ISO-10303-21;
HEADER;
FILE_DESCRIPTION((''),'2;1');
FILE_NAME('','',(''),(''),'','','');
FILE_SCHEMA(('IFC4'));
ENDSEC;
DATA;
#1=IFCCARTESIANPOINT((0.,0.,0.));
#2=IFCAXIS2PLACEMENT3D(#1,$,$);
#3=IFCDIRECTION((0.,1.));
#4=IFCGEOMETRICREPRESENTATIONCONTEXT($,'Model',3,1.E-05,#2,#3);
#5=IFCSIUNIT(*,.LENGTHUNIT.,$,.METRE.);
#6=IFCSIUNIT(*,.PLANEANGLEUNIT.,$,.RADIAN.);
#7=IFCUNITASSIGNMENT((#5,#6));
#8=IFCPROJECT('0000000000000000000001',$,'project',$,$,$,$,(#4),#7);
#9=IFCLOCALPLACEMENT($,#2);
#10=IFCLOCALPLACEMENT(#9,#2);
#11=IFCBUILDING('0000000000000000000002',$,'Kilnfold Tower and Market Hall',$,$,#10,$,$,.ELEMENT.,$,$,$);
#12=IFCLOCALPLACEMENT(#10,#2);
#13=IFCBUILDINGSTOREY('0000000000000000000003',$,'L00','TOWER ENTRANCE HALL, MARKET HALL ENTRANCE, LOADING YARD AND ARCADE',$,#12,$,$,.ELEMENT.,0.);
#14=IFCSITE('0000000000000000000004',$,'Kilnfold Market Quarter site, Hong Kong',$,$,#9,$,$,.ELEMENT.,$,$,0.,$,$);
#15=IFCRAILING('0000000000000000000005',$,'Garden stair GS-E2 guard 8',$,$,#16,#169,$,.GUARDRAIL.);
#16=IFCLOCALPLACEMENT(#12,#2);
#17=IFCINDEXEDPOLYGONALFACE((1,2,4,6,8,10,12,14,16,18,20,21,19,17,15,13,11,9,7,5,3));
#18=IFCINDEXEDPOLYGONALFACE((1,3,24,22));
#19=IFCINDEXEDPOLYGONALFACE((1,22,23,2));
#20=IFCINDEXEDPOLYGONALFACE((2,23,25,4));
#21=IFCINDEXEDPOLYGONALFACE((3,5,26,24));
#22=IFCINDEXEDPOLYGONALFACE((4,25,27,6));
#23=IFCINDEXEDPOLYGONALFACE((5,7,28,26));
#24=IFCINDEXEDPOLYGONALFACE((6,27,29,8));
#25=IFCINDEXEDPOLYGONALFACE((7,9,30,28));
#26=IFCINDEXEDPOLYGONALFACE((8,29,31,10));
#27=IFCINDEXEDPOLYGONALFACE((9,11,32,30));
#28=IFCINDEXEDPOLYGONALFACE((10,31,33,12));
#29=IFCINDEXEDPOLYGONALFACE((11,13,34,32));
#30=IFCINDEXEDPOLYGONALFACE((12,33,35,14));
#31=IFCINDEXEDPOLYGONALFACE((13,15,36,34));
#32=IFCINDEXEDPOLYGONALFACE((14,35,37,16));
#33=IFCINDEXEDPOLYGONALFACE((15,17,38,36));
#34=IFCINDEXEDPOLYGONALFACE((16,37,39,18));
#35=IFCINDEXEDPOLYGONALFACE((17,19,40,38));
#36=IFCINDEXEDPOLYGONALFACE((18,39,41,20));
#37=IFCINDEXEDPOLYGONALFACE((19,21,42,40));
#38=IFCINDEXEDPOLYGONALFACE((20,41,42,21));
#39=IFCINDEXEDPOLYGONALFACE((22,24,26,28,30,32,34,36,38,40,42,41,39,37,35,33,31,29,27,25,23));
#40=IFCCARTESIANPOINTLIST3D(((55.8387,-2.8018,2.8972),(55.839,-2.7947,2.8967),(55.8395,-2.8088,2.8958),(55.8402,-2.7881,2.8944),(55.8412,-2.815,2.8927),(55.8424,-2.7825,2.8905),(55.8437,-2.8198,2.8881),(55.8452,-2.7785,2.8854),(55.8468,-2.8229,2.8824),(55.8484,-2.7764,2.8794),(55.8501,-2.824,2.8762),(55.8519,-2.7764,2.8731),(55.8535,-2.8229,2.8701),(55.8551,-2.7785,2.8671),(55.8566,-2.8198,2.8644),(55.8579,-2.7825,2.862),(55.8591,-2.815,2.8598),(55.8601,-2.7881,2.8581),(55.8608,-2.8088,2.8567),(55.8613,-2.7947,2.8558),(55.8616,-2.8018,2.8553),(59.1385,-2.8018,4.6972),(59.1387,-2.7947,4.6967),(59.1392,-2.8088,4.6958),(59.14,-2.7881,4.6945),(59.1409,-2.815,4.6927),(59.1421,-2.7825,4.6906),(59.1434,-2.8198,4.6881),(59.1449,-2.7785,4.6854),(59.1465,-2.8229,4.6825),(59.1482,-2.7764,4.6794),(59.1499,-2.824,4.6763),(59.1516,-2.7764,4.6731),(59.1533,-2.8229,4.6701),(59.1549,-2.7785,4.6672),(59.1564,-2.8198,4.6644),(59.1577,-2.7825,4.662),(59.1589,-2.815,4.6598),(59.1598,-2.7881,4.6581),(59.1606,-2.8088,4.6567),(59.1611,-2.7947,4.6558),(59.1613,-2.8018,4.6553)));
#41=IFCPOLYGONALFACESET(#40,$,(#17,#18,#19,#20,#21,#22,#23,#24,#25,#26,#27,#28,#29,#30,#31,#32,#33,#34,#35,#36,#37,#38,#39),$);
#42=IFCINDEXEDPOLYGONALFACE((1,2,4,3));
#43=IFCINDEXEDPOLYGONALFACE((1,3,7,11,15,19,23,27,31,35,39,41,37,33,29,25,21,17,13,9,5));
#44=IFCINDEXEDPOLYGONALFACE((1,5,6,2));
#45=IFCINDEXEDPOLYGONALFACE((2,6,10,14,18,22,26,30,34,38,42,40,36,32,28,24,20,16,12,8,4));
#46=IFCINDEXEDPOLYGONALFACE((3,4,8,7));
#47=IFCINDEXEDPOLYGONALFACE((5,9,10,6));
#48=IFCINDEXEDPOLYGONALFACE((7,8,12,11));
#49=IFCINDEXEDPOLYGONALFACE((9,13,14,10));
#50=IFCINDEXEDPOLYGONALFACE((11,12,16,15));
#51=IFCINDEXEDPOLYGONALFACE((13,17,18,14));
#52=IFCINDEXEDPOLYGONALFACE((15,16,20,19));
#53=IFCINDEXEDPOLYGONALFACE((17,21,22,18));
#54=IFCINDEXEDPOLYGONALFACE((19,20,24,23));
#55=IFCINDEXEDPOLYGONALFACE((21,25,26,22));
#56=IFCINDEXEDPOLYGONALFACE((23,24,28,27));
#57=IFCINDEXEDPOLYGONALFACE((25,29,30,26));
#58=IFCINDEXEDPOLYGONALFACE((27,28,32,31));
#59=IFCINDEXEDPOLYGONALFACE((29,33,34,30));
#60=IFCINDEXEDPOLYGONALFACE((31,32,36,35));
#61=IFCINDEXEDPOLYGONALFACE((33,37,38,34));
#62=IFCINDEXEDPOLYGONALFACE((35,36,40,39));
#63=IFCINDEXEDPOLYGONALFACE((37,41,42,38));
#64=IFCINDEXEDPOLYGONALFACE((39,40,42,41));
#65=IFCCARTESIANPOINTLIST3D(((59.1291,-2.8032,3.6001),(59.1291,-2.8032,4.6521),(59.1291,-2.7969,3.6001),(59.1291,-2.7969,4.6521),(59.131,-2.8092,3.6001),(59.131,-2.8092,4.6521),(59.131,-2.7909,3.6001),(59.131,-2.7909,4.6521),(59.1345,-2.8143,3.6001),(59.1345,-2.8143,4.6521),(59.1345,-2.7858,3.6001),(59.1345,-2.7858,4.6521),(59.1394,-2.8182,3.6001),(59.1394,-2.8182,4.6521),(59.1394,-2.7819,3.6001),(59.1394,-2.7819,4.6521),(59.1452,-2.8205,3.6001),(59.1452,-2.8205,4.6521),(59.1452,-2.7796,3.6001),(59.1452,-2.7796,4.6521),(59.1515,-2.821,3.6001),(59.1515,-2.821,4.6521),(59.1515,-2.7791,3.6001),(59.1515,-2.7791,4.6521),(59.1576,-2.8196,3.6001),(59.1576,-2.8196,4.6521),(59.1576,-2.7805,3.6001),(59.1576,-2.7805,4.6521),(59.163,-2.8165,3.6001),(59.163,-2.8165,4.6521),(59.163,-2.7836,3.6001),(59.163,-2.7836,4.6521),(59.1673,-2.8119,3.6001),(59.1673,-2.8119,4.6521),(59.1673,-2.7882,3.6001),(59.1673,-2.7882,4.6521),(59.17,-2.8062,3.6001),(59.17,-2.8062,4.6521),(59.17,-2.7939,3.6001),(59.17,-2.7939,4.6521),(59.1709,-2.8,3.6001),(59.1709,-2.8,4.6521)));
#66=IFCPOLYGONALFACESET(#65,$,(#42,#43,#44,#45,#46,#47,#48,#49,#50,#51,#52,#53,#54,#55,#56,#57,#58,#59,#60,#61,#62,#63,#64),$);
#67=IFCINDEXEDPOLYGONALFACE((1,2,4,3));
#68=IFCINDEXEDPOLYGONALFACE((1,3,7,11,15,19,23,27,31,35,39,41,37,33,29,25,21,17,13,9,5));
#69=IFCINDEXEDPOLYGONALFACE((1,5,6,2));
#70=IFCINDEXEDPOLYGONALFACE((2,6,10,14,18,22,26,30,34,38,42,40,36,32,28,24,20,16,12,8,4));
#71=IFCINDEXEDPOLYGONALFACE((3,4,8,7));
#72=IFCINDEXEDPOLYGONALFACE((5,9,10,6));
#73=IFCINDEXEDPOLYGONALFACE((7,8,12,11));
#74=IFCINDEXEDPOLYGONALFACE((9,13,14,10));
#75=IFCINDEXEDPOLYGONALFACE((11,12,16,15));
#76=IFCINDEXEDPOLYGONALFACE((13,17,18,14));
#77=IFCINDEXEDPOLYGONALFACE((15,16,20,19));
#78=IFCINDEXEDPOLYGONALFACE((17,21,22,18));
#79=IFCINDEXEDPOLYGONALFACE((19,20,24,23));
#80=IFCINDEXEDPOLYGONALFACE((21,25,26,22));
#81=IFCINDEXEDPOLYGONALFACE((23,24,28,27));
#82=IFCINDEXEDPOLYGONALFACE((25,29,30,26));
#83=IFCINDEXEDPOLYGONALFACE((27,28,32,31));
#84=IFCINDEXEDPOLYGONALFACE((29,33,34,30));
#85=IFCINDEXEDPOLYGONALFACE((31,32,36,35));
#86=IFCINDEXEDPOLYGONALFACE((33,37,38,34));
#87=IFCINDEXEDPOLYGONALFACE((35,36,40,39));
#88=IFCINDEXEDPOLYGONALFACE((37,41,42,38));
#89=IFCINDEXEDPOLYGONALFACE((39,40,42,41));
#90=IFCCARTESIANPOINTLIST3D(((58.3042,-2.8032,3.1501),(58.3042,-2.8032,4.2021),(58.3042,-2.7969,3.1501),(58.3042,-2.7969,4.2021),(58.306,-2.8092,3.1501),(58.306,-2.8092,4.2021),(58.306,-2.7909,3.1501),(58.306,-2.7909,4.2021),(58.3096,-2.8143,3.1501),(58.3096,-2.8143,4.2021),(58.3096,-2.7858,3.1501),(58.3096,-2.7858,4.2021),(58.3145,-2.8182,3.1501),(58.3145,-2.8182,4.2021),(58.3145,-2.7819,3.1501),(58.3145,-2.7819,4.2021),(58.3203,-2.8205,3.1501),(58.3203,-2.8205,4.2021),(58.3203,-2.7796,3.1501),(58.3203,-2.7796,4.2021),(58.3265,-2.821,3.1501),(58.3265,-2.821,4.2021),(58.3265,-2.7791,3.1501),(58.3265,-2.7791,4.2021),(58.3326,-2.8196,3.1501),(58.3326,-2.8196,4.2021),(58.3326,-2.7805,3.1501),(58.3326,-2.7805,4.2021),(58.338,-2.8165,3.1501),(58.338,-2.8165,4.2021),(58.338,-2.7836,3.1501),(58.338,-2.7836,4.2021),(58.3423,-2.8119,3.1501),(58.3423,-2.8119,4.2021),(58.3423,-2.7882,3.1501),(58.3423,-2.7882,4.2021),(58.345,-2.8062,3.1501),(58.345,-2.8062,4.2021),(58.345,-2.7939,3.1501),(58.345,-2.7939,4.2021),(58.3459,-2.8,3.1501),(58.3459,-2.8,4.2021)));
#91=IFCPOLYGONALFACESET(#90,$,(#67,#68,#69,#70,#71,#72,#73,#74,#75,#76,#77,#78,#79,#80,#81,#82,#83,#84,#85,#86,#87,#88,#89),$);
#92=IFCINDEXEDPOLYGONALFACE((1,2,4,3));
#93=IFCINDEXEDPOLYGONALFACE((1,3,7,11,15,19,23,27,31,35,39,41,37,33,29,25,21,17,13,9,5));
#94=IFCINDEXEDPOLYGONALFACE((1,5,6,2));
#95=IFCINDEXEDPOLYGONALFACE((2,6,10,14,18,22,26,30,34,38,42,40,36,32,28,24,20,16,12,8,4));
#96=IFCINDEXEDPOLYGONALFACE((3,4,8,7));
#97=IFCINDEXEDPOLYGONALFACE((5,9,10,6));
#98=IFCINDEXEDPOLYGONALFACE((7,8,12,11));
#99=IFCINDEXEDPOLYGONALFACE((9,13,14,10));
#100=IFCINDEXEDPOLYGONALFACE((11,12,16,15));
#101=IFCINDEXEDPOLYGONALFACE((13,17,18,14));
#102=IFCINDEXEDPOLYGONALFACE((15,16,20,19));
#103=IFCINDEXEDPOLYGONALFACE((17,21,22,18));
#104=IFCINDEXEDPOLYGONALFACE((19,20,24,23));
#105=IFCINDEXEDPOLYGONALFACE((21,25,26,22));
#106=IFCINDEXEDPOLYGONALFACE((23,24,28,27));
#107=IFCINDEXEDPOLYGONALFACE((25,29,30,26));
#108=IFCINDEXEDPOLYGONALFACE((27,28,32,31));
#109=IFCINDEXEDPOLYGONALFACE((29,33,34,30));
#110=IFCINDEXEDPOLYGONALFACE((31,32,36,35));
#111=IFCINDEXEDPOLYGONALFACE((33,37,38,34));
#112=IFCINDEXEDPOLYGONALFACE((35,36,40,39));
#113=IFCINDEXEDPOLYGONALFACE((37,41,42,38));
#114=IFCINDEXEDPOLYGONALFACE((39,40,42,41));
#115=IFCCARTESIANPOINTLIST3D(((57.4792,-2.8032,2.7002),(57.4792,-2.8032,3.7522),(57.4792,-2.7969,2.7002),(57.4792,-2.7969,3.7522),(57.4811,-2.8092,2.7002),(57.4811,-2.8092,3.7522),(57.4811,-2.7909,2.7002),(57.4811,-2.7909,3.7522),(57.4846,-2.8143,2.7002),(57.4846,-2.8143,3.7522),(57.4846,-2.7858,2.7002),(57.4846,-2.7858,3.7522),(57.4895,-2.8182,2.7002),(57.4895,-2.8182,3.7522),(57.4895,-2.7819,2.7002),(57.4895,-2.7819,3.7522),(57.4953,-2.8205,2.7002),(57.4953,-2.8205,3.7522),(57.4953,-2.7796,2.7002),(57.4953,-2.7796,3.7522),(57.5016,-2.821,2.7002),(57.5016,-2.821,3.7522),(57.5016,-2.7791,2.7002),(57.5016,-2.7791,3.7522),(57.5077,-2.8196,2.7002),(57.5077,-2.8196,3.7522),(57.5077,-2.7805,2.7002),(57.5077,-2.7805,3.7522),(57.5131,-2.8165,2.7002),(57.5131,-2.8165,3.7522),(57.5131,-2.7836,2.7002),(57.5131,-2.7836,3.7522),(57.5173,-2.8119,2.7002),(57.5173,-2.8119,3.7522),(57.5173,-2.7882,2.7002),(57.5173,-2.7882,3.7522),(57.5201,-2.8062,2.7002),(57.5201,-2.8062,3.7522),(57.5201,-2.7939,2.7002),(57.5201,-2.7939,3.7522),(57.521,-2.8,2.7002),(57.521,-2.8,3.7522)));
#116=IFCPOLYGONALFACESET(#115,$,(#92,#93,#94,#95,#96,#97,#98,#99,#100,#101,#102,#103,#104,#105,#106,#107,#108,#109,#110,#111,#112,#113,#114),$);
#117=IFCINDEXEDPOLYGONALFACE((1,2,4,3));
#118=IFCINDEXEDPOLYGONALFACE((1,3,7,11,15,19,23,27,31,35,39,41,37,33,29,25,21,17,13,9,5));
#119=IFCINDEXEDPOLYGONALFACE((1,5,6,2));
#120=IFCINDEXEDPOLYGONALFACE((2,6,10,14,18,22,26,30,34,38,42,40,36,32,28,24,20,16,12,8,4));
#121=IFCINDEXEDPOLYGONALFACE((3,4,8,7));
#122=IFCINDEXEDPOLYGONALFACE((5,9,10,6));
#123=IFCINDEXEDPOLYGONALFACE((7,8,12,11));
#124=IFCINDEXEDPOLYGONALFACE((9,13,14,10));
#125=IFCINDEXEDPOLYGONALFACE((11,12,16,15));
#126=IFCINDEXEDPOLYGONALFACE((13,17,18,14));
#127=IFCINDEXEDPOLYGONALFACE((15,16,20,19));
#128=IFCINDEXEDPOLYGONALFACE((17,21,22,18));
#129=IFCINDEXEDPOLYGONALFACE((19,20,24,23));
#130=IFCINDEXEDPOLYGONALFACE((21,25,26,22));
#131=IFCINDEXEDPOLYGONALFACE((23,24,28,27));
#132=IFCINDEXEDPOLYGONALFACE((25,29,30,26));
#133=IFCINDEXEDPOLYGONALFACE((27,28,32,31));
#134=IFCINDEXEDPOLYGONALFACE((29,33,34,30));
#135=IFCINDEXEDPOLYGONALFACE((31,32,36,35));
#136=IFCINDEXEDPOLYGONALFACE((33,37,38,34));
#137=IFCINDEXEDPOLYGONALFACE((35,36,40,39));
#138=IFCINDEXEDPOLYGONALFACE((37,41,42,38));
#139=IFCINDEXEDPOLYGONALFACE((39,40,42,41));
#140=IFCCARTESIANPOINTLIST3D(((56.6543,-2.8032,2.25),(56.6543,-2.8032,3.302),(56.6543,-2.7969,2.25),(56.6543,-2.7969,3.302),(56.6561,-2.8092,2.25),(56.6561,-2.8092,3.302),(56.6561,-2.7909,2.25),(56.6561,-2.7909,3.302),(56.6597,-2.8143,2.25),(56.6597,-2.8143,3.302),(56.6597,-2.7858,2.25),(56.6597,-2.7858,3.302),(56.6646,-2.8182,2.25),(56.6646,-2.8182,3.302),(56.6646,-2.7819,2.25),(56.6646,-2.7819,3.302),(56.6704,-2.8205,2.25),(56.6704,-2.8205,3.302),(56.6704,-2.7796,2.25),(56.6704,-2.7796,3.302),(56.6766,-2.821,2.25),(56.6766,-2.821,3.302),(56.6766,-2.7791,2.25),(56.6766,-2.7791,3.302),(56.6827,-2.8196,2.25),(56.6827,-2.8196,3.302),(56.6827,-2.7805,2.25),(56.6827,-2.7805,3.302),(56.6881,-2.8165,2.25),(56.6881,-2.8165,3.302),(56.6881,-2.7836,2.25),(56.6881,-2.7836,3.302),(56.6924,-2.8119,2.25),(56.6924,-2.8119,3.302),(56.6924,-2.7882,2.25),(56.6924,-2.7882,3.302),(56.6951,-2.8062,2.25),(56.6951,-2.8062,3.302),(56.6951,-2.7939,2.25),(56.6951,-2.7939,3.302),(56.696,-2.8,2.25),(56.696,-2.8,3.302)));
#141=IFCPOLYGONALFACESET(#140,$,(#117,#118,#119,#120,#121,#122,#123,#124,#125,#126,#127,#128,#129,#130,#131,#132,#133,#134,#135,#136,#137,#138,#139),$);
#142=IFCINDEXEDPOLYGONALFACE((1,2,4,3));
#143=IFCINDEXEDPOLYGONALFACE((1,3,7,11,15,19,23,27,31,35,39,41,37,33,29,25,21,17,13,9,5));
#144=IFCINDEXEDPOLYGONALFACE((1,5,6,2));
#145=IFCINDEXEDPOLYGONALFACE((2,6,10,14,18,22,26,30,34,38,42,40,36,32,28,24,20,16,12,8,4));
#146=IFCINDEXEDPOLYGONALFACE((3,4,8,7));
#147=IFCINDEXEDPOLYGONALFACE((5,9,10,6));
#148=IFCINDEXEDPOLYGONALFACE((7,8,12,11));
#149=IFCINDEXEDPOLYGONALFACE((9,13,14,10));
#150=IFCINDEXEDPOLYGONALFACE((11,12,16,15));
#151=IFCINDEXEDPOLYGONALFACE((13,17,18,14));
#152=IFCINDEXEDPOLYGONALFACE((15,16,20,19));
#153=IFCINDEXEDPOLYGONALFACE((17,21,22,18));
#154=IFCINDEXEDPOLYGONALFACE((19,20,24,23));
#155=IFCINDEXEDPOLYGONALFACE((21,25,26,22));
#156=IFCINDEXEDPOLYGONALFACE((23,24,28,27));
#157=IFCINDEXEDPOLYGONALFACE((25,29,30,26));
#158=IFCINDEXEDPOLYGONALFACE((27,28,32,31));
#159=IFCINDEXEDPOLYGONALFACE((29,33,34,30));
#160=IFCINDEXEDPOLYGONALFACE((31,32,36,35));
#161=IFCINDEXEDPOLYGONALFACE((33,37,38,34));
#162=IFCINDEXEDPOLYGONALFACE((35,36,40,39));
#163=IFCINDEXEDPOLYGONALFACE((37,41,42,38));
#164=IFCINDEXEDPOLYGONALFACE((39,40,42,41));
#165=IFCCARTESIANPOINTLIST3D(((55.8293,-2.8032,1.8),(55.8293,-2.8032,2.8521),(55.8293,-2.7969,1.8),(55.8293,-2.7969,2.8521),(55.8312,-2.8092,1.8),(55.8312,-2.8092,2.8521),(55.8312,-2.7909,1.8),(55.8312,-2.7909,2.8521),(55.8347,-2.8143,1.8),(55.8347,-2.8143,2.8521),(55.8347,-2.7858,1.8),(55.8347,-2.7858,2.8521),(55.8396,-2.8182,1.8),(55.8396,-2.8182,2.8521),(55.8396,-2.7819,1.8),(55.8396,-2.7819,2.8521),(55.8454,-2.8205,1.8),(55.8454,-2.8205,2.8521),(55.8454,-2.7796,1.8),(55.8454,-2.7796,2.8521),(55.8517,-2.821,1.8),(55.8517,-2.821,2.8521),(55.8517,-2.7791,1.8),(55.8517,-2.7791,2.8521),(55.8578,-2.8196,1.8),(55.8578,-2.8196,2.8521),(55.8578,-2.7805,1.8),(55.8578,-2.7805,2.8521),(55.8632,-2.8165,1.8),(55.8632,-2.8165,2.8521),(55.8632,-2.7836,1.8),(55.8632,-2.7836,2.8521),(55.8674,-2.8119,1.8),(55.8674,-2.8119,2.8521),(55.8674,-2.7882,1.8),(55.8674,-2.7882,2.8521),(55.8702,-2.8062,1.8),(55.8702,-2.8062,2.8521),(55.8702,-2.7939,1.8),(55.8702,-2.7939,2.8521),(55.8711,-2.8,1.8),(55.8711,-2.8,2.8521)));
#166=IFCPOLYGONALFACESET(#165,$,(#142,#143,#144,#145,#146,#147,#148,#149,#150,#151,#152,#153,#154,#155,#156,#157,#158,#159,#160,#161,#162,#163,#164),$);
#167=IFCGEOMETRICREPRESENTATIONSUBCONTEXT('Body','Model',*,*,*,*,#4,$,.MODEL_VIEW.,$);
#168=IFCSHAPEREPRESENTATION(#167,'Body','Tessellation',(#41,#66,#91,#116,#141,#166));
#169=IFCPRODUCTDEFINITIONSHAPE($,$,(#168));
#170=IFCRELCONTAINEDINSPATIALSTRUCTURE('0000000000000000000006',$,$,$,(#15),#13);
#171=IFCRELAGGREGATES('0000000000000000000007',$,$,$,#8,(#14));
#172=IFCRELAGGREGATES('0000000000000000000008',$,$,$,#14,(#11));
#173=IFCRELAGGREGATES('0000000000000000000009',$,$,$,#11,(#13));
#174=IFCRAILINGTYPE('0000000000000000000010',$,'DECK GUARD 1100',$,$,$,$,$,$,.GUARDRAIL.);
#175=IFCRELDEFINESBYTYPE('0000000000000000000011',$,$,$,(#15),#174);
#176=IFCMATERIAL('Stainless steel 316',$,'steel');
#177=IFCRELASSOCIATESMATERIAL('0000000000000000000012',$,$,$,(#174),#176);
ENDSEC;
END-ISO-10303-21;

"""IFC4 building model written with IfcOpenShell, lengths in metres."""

from ifc_helpers import new_model, si_unit, direction, frame, origin, origin_2d, place, context, subcontext, project, spatial, circle, extrude, material, type_object, element, save


model = new_model("IFC4")

# Units and contexts
model_context = context("Model", 3, precision=1e-05, world=origin(), true_north=direction((0.0, 1.0)))
body_context = subcontext(model_context, "Body", "Model", "MODEL_VIEW")
ifc_project = project(units=[si_unit("LENGTHUNIT", "METRE"), si_unit("PLANEANGLEUNIT", "RADIAN")], contexts=[model_context])

# Site, building, storey
site_placement = place(None, origin())
site = spatial("IfcSite", under=ifc_project, at=site_placement, Name="Kilnfold Market Quarter site, Hong Kong", CompositionType="ELEMENT", RefElevation=0.0)
building_placement = place(site_placement, origin())
building = spatial("IfcBuilding", under=site, at=building_placement, Name="Kilnfold Tower and Market Hall", CompositionType="ELEMENT")
storey_placement = place(building_placement, origin())
storey = spatial("IfcBuildingStorey", under=building, at=storey_placement, Name="L00", Description="TOWER ENTRANCE HALL, MARKET HALL ENTRANCE, LOADING YARD AND ARCADE", CompositionType="ELEMENT", Elevation=0.0)

# Railing
ifc_material_1 = material(Name="Stainless steel 316", Category="steel")
railing_type_1 = type_object("IfcRailingType", Name="DECK GUARD 1100", PredefinedType="GUARDRAIL", material=ifc_material_1)
railing_1_placement = place(storey_placement, frame((59.1499, -2.8, 3.6001)))
element("IfcRailing", 1, at=railing_1_placement, inside=storey, type_object=railing_type_1, Name="Garden stair GS-E2 guard 8", PredefinedType="GUARDRAIL", context=body_context, shape_type="SweptSolid", body=[
    extrude(circle(Radius=0.0239, at=origin_2d()), frame((0.0, 0.0, 1.0762), z_axis=(-0.877878, 0.0, -0.478884), x_axis=(0.0, -1.0, 0.0)), (0.0, 0.0, 1.0), 3.7588),
    extrude(circle(Radius=0.021, at=origin_2d()), origin(), (0.0, 0.0, 1.0), 1.052),
    extrude(circle(Radius=0.021, at=origin_2d()), frame((-0.825, 0.0, -0.45)), (0.0, 0.0, 1.0), 1.052),
    extrude(circle(Radius=0.021, at=origin_2d()), frame((-1.6499, 0.0, -0.8999)), (0.0, 0.0, 1.0), 1.052),
    extrude(circle(Radius=0.021, at=origin_2d()), frame((-2.4749, 0.0, -1.3501)), (0.0, 0.0, 1.0), 1.052),
    extrude(circle(Radius=0.021, at=origin_2d()), frame((-3.2998, 0.0, -1.8)), (0.0, 0.0, 1.0), 1.052),
])

save(model, "model.ifc")
